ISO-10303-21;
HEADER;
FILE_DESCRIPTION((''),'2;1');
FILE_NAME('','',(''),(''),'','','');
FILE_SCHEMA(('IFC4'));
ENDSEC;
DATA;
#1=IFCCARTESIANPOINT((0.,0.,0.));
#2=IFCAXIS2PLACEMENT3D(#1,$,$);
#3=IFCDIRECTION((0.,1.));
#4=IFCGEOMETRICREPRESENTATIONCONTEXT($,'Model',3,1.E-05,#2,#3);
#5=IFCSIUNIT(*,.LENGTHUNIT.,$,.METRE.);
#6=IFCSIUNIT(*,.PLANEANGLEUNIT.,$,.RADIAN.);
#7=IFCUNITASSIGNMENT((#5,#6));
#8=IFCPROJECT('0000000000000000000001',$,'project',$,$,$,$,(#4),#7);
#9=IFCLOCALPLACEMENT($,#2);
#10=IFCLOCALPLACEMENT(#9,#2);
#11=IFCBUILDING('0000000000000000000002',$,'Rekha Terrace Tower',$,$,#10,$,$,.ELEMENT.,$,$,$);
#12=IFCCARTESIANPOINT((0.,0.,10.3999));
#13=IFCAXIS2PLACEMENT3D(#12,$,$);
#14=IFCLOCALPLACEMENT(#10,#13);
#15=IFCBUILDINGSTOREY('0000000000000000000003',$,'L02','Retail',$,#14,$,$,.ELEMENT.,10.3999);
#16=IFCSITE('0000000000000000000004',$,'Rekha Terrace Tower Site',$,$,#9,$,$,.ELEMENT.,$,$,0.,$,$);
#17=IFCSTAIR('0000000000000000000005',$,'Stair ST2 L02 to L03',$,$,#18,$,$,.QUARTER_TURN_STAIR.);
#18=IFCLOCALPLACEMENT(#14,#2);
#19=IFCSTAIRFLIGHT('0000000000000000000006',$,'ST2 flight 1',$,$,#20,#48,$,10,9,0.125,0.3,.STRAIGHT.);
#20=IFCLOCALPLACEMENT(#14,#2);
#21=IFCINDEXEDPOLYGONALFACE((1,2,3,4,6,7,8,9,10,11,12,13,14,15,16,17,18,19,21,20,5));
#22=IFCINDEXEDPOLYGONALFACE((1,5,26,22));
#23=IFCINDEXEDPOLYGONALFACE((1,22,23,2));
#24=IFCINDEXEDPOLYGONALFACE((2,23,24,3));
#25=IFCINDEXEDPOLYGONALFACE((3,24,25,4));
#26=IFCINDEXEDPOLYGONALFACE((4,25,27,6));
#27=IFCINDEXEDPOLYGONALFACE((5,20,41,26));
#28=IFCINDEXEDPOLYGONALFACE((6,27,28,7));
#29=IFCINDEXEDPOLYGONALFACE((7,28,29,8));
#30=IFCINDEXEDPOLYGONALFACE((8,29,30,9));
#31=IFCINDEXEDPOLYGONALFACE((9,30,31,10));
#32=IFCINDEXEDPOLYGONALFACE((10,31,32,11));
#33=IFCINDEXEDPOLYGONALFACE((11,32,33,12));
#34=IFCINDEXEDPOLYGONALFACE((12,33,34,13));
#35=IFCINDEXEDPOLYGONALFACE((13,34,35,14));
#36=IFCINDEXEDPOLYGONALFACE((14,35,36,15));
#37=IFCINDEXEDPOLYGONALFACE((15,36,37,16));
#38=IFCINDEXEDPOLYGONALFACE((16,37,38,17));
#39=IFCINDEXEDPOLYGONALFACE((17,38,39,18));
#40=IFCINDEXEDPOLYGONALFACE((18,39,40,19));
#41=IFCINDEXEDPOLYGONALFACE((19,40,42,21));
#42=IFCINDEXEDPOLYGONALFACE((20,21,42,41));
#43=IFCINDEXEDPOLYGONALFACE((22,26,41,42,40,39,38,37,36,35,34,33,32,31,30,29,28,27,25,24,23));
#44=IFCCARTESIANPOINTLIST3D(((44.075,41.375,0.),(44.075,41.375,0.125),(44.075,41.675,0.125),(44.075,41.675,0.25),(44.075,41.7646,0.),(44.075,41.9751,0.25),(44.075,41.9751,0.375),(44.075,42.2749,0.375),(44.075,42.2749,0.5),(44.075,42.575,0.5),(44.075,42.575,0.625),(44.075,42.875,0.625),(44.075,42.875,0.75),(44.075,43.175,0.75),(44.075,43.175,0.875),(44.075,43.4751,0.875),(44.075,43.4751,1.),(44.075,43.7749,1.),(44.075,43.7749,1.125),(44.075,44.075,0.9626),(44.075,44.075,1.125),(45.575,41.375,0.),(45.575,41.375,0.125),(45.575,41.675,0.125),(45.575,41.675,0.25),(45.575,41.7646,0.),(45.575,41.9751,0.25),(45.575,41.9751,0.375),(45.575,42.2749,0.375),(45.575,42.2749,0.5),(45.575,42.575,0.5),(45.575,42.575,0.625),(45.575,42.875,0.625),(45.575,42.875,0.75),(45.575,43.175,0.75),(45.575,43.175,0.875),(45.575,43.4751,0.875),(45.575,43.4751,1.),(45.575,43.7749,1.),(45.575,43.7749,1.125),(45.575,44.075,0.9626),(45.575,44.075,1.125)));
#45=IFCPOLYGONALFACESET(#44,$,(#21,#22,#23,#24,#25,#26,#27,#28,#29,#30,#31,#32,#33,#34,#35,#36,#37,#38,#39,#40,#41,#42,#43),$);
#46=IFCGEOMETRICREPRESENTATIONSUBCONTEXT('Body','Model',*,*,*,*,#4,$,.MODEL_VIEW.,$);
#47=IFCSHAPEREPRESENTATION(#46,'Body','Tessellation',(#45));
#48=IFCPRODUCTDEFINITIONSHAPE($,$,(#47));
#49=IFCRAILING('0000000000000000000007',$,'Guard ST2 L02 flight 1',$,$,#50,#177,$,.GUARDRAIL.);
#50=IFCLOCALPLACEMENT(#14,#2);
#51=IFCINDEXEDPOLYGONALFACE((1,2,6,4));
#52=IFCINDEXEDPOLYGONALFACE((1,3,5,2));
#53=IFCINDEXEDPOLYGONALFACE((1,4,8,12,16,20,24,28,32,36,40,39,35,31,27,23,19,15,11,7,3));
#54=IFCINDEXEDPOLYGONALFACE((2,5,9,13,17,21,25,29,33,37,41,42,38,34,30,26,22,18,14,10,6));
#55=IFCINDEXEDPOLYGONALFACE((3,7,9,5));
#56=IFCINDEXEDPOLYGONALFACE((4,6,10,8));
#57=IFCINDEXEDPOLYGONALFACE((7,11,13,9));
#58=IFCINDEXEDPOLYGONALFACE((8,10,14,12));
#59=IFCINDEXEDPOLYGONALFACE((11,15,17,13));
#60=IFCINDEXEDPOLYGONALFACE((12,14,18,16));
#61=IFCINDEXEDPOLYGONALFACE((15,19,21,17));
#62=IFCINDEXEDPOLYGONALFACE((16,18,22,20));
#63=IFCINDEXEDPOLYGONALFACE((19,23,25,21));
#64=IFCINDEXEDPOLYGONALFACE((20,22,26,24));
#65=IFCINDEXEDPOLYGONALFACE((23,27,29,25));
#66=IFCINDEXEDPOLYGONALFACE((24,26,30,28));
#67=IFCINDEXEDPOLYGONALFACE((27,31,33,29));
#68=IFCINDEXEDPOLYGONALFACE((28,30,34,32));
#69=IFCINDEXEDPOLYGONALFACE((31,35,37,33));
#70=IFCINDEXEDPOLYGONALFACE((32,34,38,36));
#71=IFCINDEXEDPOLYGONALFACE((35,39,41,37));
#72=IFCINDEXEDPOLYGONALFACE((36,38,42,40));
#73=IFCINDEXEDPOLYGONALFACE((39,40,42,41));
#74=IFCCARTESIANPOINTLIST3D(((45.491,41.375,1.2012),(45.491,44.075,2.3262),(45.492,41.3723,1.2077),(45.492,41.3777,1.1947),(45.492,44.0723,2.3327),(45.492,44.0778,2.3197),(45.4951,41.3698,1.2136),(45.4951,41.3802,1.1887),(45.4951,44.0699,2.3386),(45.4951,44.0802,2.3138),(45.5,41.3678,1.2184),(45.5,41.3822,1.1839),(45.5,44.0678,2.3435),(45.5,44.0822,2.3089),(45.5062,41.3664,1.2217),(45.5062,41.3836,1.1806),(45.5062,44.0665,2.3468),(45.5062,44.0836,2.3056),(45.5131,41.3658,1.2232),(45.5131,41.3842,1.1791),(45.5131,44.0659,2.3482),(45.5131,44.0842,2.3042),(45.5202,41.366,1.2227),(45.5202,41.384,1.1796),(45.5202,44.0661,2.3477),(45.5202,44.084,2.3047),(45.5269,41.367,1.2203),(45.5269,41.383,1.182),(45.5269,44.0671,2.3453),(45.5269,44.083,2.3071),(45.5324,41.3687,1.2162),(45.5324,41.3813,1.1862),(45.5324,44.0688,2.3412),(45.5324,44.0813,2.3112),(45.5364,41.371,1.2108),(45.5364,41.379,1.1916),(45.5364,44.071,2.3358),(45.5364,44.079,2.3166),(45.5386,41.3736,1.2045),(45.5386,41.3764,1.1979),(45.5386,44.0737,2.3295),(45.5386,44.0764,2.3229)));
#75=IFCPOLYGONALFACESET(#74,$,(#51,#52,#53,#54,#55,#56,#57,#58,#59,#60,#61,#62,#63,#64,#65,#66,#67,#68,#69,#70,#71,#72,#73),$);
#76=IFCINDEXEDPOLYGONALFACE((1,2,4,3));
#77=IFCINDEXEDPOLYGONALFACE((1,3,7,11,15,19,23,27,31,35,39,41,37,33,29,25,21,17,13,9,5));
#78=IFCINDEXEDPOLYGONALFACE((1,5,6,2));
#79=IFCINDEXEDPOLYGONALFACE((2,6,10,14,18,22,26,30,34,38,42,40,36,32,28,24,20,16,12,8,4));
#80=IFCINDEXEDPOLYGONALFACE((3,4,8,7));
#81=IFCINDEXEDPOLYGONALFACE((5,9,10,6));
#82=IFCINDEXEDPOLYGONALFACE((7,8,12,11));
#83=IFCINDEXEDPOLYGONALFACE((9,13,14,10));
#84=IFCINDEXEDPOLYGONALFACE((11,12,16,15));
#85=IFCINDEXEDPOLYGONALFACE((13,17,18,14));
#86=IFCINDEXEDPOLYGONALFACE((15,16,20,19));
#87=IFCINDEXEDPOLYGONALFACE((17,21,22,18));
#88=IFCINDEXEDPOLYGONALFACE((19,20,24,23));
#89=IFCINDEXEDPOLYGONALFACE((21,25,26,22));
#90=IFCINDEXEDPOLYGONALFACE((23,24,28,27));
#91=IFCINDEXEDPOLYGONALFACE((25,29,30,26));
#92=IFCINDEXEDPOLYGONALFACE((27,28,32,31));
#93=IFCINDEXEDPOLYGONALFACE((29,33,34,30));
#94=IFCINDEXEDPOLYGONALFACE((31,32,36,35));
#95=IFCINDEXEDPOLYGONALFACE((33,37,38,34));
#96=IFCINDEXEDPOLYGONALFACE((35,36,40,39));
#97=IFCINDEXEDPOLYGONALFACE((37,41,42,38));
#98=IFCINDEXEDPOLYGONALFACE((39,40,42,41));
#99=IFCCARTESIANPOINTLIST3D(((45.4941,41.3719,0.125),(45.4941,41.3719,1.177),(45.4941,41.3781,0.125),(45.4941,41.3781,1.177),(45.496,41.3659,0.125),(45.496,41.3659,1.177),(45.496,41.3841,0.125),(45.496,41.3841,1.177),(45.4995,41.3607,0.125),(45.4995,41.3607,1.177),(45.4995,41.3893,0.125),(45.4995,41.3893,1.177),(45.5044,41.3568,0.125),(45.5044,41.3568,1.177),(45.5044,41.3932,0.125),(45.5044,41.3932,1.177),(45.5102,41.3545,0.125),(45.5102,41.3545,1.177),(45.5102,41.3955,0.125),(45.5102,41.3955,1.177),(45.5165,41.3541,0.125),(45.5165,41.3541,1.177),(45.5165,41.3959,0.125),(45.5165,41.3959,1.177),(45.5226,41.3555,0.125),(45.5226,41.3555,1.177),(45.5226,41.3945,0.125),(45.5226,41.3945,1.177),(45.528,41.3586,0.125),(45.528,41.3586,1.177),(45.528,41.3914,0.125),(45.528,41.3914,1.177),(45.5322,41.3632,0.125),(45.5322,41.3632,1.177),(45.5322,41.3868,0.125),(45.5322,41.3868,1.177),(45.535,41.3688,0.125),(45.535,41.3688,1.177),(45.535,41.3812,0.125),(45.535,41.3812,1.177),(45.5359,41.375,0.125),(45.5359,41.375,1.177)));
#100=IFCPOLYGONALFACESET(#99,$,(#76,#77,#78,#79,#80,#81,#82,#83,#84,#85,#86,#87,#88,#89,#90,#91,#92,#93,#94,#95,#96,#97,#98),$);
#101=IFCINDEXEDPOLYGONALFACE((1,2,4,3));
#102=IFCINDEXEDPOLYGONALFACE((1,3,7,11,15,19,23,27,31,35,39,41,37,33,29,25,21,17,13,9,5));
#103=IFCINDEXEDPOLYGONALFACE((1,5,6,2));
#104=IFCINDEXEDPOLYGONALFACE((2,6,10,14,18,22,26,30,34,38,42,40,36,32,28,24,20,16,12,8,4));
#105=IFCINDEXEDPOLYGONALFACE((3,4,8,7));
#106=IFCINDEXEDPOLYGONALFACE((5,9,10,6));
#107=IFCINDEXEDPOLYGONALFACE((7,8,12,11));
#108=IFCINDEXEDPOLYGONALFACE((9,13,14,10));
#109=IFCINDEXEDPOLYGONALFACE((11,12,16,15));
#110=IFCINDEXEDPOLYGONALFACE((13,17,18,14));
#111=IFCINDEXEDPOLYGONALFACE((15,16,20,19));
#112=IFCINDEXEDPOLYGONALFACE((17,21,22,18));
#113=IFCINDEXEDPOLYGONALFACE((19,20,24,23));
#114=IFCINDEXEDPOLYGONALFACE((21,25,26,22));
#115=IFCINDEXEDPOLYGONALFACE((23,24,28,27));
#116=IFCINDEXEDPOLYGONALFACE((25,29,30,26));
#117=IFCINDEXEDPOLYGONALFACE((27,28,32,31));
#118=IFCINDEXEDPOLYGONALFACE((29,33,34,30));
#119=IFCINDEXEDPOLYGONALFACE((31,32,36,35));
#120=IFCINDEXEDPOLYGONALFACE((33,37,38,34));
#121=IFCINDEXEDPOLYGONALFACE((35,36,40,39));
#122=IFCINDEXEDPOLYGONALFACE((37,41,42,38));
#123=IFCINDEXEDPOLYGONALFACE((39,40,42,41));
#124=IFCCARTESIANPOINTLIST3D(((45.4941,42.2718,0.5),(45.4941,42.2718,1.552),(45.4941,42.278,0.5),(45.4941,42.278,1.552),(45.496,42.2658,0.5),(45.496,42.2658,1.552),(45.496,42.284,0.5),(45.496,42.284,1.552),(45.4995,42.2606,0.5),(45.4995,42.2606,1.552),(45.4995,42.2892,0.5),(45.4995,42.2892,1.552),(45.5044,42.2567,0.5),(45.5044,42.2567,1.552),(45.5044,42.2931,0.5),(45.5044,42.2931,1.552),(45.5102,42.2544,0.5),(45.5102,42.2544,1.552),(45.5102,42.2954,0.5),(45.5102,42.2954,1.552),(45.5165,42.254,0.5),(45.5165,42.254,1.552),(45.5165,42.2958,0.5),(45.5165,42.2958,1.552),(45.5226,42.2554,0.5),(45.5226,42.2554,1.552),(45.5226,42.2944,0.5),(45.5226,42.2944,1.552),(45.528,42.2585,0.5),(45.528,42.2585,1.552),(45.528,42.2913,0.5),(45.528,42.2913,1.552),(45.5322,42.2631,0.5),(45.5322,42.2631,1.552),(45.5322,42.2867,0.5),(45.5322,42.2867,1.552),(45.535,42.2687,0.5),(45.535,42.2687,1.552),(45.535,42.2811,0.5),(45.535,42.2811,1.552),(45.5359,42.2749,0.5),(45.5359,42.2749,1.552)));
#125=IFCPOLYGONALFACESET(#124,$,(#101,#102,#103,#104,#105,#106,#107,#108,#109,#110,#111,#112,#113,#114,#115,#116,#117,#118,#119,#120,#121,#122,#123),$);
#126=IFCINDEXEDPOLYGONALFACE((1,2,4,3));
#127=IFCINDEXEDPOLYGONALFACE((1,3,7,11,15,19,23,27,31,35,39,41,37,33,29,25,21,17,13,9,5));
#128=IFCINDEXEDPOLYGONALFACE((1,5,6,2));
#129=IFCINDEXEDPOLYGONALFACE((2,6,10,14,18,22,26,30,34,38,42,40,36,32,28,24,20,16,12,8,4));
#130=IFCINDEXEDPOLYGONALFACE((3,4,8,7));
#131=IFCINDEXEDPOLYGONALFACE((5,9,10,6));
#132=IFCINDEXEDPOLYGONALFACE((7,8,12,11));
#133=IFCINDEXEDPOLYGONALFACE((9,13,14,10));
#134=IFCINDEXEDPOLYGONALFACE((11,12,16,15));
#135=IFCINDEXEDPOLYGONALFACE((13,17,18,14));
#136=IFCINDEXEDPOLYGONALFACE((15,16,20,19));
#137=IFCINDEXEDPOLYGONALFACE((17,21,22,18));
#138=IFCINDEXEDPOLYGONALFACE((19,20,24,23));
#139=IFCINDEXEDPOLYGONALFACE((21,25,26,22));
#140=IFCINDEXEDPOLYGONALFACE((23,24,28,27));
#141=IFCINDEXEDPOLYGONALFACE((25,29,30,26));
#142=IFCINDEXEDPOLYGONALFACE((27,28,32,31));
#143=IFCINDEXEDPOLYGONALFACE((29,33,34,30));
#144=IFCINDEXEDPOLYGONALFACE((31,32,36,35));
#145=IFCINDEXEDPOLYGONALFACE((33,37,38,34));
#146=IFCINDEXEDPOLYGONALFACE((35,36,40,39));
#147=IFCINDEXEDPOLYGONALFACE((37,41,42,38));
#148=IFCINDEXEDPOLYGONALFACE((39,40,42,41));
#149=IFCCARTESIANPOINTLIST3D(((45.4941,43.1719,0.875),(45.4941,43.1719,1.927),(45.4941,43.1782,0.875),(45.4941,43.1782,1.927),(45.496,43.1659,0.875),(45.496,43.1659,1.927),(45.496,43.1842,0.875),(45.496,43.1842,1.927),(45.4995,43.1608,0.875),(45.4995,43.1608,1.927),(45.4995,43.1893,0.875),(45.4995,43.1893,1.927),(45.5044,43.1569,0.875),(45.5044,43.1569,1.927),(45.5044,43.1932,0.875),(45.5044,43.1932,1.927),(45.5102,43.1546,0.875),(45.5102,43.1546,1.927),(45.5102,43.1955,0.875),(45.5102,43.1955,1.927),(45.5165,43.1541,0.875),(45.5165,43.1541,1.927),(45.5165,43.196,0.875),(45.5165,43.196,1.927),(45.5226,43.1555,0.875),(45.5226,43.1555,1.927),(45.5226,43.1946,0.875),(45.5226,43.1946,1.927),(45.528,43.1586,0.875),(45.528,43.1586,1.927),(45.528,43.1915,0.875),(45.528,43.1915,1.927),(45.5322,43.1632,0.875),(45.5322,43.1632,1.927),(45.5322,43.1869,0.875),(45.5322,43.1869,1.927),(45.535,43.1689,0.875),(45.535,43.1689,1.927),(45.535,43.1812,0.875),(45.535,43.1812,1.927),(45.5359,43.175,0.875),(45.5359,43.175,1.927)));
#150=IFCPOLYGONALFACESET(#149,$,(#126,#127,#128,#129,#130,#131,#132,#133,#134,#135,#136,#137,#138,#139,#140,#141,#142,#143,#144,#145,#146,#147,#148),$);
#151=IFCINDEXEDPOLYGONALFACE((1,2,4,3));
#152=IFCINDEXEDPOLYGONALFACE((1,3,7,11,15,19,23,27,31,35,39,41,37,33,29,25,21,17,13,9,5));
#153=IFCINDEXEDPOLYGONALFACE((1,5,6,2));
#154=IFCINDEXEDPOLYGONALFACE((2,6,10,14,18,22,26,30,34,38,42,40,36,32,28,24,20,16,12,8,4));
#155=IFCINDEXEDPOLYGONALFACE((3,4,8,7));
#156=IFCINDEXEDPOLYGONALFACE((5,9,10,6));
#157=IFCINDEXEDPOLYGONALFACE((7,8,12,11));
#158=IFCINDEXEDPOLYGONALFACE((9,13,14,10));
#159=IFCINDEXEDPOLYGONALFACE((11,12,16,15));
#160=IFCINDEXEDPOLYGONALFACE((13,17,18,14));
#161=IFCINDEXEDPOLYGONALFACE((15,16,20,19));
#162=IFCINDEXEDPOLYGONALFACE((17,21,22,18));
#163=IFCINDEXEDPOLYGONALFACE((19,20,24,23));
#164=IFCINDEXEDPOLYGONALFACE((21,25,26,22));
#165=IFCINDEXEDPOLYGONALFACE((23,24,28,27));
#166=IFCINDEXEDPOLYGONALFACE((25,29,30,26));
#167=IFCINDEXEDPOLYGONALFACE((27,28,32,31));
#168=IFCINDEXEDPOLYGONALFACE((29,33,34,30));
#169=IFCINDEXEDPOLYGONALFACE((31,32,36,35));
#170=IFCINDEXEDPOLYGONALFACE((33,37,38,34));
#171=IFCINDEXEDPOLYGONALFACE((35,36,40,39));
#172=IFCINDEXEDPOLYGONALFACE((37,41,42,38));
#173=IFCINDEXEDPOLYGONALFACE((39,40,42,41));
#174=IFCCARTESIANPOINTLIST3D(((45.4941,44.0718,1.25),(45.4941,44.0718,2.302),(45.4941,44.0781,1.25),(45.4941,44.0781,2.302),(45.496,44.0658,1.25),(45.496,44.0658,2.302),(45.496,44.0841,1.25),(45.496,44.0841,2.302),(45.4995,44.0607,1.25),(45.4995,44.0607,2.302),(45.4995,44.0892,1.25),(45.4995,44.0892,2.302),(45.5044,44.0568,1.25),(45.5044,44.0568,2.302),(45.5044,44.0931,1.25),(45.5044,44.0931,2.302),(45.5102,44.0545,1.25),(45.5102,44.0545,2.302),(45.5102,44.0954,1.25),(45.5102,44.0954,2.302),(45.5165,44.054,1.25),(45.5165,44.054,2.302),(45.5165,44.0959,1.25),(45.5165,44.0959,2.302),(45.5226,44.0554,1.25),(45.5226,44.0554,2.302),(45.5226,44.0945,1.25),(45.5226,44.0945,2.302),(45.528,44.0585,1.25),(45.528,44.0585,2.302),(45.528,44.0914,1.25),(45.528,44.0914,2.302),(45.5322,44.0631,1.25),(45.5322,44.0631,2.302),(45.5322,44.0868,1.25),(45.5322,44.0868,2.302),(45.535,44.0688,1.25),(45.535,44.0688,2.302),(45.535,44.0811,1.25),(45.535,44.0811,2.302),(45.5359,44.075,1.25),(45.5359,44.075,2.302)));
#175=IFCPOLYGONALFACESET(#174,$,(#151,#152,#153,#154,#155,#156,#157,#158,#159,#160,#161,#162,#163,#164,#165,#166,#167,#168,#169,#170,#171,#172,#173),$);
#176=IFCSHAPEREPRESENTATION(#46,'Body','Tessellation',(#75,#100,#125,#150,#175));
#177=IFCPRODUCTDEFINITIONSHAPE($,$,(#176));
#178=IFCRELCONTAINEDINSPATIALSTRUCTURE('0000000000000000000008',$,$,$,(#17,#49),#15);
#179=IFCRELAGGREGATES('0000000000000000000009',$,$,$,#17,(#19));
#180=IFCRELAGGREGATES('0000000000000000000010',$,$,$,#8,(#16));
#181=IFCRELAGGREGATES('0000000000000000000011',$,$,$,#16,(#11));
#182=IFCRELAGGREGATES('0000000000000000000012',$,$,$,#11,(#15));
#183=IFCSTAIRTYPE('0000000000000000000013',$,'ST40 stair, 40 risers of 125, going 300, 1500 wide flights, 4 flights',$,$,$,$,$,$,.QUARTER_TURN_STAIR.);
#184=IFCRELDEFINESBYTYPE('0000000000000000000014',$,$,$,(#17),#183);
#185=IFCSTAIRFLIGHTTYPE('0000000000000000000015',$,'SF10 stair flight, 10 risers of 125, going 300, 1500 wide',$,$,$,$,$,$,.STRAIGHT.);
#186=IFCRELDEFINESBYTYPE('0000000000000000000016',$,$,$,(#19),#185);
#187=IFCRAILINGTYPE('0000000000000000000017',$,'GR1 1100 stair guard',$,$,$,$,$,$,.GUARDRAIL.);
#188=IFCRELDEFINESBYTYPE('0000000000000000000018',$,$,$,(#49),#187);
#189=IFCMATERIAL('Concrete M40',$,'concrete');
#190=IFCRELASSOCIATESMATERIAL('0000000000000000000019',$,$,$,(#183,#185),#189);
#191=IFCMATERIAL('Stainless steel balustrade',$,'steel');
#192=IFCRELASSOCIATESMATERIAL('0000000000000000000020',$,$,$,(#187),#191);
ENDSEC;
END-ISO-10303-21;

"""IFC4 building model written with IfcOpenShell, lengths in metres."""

from ifc_helpers import new_model, si_unit, direction, frame, origin, origin_2d, place, context, subcontext, project, spatial, polyline, circle, outline, extrude, material, type_object, element, aggregate, save


model = new_model("IFC4")

# Units and contexts
model_context = context("Model", 3, precision=1e-05, world=origin(), true_north=direction((0.0, 1.0)))
body_context = subcontext(model_context, "Body", "Model", "MODEL_VIEW")
ifc_project = project(units=[si_unit("LENGTHUNIT", "METRE"), si_unit("PLANEANGLEUNIT", "RADIAN")], contexts=[model_context])

# Site, building, storey
site_placement = place(None, origin())
site = spatial("IfcSite", under=ifc_project, at=site_placement, Name="Rekha Terrace Tower Site", CompositionType="ELEMENT", RefElevation=0.0)
building_placement = place(site_placement, origin())
building = spatial("IfcBuilding", under=site, at=building_placement, Name="Rekha Terrace Tower", CompositionType="ELEMENT")
storey_placement = place(building_placement, frame((0.0, 0.0, 10.3999)))
storey = spatial("IfcBuildingStorey", under=building, at=storey_placement, Name="L02", Description="Retail", CompositionType="ELEMENT", Elevation=10.3999)

# Stair, stair flight
ifc_material_1 = material(Name="Concrete M40", Category="concrete")
stair_type = type_object("IfcStairType", Name="ST40 stair, 40 risers of 125, going 300, 1500 wide flights, 4 flights", PredefinedType="QUARTER_TURN_STAIR", material=ifc_material_1)
stair_placement = place(storey_placement, origin())
stair = element("IfcStair", 1, at=stair_placement, inside=storey, type_object=stair_type, Name="Stair ST2 L02 to L03", PredefinedType="QUARTER_TURN_STAIR")
stair_flight_type = type_object("IfcStairFlightType", Name="SF10 stair flight, 10 risers of 125, going 300, 1500 wide", PredefinedType="STRAIGHT", material=ifc_material_1)
stair_flight_placement = place(storey_placement, frame((44.825, 41.375, 0.0), z_axis=(0.0, 0.0, 1.0), x_axis=(0.0, 1.0, 0.0)))
stair_flight = element("IfcStairFlight", 2, at=stair_flight_placement, type_object=stair_flight_type, Name="ST2 flight 1", NumberOfRisers=10, NumberOfTreads=9, PredefinedType="STRAIGHT", RiserHeight=0.125, TreadLength=0.3, context=body_context, shape_type="SweptSolid", body=[
    extrude(outline(polyline([(0.0, 0.0), (0.0, 0.125), (0.3, 0.125), (0.3, 0.25), (0.6001, 0.25), (0.6001, 0.375), (0.8999, 0.375), (0.8999, 0.5), (1.2, 0.5), (1.2, 0.625), (1.5, 0.625), (1.5, 0.75), (1.8, 0.75), (1.8, 0.875), (2.1001, 0.875), (2.1001, 1.0), (2.3999, 1.0), (2.3999, 1.125), (2.7, 1.125), (2.7, 1.25), (2.7, 0.9626), (0.3896, 0.0), (0.0, 0.0)])), frame((0.0, 0.75, 0.0), z_axis=(0.0, -1.0, 0.0), x_axis=(1.0, 0.0, 0.0)), (0.0, 0.0, 1.0), 1.5),
])
aggregate(stair, [stair_flight])

# Railing
ifc_material_2 = material(Name="Stainless steel balustrade", Category="steel")
railing_type_1 = type_object("IfcRailingType", Name="GR1 1100 stair guard", PredefinedType="GUARDRAIL", material=ifc_material_2)
railing_1_placement = place(storey_placement, frame((45.5149, 41.375, 0.125)))
element("IfcRailing", 3, at=railing_1_placement, inside=storey, type_object=railing_type_1, Name="Guard ST2 L02 flight 1", PredefinedType="GUARDRAIL", context=body_context, shape_type="SweptSolid", body=[
    extrude(circle(Radius=0.0239, at=origin_2d()), frame((0.0, 0.0, 1.0762), z_axis=(0.0, 0.923074, 0.384621), x_axis=(-1.0, 0.0, 0.0)), (0.0, 0.0, 1.0), 2.925),
    extrude(circle(Radius=0.021, at=origin_2d()), origin(), (0.0, 0.0, 1.0), 1.052),
    extrude(circle(Radius=0.021, at=origin_2d()), frame((0.0, 0.8999, 0.375)), (0.0, 0.0, 1.0), 1.052),
    extrude(circle(Radius=0.021, at=origin_2d()), frame((0.0, 1.8, 0.75)), (0.0, 0.0, 1.0), 1.052),
    extrude(circle(Radius=0.021, at=origin_2d()), frame((0.0, 2.7, 1.125)), (0.0, 0.0, 1.0), 1.052),
])

save(model, "model.ifc")
